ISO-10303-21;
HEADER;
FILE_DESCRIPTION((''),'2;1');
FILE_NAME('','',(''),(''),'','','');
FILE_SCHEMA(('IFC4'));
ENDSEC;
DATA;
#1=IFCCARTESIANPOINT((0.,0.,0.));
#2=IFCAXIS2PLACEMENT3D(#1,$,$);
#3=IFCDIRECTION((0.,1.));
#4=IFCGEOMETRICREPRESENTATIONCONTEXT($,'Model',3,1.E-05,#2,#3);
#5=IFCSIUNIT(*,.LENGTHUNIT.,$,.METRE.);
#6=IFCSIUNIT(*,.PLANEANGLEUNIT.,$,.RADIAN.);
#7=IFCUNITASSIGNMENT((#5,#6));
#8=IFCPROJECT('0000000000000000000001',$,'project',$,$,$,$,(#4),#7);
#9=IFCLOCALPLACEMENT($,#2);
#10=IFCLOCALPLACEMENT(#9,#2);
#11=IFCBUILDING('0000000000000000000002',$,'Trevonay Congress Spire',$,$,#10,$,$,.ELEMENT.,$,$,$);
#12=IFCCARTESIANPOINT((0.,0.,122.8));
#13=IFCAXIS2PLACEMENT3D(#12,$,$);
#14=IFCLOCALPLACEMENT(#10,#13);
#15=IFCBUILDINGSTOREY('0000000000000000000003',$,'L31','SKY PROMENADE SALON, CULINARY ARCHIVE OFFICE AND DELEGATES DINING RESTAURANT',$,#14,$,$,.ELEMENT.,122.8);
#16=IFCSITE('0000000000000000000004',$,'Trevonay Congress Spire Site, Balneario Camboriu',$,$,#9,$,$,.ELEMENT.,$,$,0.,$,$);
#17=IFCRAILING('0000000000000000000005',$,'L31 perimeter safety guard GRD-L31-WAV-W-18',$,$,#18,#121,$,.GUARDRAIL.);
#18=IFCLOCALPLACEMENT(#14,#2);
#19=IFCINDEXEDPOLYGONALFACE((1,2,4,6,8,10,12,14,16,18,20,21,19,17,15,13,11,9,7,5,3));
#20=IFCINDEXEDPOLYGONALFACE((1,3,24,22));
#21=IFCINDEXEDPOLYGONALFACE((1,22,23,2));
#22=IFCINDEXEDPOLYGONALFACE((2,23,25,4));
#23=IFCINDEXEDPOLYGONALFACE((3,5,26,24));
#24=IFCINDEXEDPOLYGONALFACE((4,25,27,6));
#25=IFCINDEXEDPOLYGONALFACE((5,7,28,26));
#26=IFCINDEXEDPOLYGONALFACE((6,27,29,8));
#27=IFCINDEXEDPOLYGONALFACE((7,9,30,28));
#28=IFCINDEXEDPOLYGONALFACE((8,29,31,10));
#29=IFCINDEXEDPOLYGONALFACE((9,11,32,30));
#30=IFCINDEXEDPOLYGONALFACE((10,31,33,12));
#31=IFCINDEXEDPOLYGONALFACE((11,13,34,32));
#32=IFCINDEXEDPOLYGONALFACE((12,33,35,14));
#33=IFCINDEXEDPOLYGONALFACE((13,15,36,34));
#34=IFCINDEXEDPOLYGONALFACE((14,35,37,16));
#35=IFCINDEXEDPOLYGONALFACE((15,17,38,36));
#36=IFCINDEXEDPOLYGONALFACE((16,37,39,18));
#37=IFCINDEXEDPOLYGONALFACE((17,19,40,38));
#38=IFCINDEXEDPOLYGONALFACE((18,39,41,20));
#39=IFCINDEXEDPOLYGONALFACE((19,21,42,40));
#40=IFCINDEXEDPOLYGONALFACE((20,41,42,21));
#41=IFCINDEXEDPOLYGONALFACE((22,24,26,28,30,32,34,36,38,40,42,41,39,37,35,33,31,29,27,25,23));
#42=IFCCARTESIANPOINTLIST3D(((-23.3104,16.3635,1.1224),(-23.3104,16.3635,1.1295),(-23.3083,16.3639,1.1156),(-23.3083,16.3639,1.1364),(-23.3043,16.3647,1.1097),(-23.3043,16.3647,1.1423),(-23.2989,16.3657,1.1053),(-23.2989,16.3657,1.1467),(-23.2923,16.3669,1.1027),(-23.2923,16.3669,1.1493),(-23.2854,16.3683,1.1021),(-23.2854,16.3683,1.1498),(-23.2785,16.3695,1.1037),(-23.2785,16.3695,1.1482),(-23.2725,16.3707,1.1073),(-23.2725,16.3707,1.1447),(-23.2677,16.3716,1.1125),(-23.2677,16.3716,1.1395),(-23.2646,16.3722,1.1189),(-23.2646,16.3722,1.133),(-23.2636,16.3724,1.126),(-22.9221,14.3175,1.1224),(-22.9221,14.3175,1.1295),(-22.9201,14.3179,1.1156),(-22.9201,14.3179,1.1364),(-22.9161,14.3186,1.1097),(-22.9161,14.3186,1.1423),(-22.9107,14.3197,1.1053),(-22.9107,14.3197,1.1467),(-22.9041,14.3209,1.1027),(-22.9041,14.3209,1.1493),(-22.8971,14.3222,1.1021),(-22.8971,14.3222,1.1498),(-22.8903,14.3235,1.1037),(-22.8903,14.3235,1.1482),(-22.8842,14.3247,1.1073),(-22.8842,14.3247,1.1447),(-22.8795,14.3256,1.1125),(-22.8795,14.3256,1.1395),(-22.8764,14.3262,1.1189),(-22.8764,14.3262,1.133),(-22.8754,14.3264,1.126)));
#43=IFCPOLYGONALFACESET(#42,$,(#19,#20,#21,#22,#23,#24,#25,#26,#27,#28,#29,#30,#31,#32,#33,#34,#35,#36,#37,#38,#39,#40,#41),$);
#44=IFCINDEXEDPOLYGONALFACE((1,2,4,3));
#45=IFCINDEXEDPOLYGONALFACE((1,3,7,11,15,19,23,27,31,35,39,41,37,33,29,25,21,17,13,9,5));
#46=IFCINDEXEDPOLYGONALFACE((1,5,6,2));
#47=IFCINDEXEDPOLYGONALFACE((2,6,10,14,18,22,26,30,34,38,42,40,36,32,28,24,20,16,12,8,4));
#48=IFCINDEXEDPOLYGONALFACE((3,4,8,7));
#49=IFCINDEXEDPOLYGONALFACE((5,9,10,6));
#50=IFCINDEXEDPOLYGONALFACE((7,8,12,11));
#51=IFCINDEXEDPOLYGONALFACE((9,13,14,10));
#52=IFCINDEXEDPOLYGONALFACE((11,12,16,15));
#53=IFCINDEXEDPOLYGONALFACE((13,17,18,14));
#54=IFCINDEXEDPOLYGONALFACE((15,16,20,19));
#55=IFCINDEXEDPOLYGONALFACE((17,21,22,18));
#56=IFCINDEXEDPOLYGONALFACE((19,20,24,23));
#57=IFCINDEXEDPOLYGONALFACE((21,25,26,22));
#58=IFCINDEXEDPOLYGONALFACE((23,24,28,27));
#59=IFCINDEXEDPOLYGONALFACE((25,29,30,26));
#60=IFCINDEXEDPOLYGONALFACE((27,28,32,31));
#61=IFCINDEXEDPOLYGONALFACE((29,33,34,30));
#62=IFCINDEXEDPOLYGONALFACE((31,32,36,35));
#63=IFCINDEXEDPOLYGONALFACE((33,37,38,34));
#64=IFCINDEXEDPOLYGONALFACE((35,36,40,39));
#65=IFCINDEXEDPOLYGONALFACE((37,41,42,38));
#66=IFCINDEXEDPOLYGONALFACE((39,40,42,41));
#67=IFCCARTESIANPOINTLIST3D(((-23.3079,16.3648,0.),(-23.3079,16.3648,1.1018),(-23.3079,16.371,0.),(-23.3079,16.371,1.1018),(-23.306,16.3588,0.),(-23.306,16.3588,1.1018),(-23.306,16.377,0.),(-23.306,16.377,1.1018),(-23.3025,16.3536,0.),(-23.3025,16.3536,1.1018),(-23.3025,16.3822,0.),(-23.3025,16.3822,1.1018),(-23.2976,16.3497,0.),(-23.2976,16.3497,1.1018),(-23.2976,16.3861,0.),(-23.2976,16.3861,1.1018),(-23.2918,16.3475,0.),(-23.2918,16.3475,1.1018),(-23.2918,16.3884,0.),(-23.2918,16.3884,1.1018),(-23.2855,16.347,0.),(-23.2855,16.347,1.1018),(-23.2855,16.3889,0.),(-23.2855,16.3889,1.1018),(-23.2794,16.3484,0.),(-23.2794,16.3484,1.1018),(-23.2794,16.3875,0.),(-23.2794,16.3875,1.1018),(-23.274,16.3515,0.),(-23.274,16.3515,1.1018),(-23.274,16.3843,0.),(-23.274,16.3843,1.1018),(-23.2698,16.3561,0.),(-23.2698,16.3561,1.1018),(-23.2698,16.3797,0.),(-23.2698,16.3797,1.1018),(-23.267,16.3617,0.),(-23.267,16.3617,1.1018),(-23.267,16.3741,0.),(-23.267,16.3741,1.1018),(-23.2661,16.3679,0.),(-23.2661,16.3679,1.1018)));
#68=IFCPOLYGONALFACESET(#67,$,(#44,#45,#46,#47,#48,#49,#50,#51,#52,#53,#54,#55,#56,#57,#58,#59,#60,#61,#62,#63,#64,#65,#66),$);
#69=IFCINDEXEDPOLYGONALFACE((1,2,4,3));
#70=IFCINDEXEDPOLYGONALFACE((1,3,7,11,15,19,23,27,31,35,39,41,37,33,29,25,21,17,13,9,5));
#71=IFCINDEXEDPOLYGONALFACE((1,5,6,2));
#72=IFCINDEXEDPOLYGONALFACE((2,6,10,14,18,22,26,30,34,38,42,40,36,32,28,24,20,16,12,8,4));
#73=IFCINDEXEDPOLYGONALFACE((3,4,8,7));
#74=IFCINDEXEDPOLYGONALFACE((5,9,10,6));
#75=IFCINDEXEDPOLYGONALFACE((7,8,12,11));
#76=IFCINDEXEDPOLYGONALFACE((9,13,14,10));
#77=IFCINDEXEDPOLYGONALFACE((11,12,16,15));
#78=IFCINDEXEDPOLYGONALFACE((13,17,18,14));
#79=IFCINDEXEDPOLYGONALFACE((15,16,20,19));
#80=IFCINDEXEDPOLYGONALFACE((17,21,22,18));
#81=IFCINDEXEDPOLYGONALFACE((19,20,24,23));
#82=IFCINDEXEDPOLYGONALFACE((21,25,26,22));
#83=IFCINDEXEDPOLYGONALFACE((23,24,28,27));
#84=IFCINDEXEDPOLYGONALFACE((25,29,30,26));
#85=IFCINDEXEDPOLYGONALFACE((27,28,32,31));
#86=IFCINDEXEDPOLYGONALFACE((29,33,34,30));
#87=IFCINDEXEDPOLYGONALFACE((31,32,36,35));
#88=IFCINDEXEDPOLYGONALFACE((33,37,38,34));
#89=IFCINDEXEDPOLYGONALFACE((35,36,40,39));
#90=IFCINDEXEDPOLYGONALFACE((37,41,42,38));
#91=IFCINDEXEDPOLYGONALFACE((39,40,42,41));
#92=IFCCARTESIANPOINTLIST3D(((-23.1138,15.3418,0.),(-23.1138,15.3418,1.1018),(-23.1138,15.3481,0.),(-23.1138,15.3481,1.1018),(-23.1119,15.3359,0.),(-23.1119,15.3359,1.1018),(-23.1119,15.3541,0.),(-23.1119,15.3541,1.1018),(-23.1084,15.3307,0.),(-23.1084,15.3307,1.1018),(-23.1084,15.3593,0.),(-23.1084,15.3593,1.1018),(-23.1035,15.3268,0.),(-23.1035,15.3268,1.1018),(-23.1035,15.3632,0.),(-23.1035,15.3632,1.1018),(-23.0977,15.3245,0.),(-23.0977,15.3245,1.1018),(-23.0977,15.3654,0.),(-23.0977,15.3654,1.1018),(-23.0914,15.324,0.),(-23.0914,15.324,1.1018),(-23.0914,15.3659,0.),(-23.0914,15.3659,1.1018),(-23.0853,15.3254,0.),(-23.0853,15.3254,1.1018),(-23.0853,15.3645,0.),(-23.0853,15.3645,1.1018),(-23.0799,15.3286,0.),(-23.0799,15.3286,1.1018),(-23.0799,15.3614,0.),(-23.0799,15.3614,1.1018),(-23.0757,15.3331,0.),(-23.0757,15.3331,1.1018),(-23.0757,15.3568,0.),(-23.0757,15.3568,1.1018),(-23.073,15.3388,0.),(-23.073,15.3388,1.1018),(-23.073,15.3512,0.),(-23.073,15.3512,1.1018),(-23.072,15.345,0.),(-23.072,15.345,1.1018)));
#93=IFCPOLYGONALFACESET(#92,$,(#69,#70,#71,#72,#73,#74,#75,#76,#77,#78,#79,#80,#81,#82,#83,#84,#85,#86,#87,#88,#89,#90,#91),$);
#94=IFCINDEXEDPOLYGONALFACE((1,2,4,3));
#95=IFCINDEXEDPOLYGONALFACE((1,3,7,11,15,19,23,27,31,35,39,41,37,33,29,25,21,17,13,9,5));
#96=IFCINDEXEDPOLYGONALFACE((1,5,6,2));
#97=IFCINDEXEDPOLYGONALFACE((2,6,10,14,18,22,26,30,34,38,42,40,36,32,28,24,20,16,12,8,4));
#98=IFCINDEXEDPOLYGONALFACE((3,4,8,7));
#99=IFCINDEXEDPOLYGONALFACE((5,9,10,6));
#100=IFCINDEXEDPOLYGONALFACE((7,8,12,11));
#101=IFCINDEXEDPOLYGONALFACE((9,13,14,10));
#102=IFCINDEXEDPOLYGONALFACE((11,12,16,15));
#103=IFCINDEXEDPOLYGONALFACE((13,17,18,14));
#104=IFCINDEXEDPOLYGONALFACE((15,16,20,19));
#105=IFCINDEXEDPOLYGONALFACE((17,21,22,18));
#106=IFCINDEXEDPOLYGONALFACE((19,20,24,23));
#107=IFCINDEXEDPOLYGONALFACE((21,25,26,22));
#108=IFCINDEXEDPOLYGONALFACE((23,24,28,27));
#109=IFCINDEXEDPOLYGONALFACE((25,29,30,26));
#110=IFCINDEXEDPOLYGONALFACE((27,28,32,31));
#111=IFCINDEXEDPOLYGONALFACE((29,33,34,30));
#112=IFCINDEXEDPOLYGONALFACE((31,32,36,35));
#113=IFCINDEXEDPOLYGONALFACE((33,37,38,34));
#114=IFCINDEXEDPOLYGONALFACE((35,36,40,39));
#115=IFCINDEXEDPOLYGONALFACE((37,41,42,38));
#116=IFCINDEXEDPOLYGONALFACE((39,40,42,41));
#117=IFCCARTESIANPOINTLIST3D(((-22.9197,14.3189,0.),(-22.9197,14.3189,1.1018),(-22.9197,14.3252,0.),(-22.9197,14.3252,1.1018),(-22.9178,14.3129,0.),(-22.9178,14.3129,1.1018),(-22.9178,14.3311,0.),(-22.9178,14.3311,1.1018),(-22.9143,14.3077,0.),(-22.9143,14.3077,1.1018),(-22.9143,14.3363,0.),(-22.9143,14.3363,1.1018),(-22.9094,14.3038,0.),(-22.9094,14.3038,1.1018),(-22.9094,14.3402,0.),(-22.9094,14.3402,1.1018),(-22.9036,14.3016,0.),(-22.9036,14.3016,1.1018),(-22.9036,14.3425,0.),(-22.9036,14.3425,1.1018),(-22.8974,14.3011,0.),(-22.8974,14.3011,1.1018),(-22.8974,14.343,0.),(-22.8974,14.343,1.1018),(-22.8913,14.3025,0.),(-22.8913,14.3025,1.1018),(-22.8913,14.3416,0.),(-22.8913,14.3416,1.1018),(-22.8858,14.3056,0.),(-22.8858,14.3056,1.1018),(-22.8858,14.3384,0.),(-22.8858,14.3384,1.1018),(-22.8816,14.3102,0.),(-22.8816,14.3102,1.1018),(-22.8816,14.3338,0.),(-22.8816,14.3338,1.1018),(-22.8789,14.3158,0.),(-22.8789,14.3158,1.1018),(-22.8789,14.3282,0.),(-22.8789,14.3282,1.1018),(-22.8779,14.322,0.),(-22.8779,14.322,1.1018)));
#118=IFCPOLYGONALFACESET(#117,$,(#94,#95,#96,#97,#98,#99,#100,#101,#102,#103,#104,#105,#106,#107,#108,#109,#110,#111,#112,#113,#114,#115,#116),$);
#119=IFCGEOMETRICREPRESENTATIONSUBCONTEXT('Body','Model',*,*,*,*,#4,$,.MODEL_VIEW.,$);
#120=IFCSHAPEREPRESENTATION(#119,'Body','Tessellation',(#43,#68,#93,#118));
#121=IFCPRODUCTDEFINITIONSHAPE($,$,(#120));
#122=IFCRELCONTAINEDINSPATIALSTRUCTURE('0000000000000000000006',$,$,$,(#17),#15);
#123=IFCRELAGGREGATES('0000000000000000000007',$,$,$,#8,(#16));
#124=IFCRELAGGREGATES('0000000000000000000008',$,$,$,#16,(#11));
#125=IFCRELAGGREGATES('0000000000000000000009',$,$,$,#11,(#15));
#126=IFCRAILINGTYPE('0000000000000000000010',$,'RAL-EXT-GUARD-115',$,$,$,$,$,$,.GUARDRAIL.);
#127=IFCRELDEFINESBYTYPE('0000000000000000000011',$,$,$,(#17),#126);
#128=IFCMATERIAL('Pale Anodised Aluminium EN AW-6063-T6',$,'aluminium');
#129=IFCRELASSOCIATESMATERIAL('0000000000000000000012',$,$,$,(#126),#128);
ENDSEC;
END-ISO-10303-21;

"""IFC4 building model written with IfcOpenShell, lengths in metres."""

from ifc_helpers import new_model, si_unit, direction, frame, origin, origin_2d, place, context, subcontext, project, spatial, circle, extrude, material, type_object, element, save


model = new_model("IFC4")

# Units and contexts
model_context = context("Model", 3, precision=1e-05, world=origin(), true_north=direction((0.0, 1.0)))
body_context = subcontext(model_context, "Body", "Model", "MODEL_VIEW")
ifc_project = project(units=[si_unit("LENGTHUNIT", "METRE"), si_unit("PLANEANGLEUNIT", "RADIAN")], contexts=[model_context])

# Site, building, storey
site_placement = place(None, origin())
site = spatial("IfcSite", under=ifc_project, at=site_placement, Name="Trevonay Congress Spire Site, Balneario Camboriu", CompositionType="ELEMENT", RefElevation=0.0)
building_placement = place(site_placement, origin())
building = spatial("IfcBuilding", under=site, at=building_placement, Name="Trevonay Congress Spire", CompositionType="ELEMENT")
storey_placement = place(building_placement, frame((0.0, 0.0, 122.8)))
storey = spatial("IfcBuildingStorey", under=building, at=storey_placement, Name="L31", Description="SKY PROMENADE SALON, CULINARY ARCHIVE OFFICE AND DELEGATES DINING RESTAURANT", CompositionType="ELEMENT", Elevation=122.8)

# Shared definitions
ifc_material_1 = material(Name="Pale Anodised Aluminium EN AW-6063-T6", Category="aluminium")

# Railing
railing_type = type_object("IfcRailingType", Name="RAL-EXT-GUARD-115", PredefinedType="GUARDRAIL", material=ifc_material_1)
railing_1_placement = place(storey_placement, frame((-23.2871, 16.3679, 0.0)))
element("IfcRailing", 1, at=railing_1_placement, inside=storey, type_object=railing_type, Name="L31 perimeter safety guard GRD-L31-WAV-W-18", PredefinedType="GUARDRAIL", context=body_context, shape_type="SweptSolid", body=[
    extrude(circle(Radius=0.0239, at=origin_2d()), frame((0.0, 0.0, 1.126), z_axis=(0.186412, -0.982472, 0.0), x_axis=(0.982472, 0.186412, 0.0)), (0.0, 0.0, 1.0), 2.0825),
    extrude(circle(Radius=0.021, at=origin_2d()), origin(), (0.0, 0.0, 1.0), 1.1018),
    extrude(circle(Radius=0.021, at=origin_2d()), frame((0.1941, -1.0229, 0.0)), (0.0, 0.0, 1.0), 1.1018),
    extrude(circle(Radius=0.021, at=origin_2d()), frame((0.3882, -2.0459, 0.0)), (0.0, 0.0, 1.0), 1.1018),
])

save(model, "model.ifc")
